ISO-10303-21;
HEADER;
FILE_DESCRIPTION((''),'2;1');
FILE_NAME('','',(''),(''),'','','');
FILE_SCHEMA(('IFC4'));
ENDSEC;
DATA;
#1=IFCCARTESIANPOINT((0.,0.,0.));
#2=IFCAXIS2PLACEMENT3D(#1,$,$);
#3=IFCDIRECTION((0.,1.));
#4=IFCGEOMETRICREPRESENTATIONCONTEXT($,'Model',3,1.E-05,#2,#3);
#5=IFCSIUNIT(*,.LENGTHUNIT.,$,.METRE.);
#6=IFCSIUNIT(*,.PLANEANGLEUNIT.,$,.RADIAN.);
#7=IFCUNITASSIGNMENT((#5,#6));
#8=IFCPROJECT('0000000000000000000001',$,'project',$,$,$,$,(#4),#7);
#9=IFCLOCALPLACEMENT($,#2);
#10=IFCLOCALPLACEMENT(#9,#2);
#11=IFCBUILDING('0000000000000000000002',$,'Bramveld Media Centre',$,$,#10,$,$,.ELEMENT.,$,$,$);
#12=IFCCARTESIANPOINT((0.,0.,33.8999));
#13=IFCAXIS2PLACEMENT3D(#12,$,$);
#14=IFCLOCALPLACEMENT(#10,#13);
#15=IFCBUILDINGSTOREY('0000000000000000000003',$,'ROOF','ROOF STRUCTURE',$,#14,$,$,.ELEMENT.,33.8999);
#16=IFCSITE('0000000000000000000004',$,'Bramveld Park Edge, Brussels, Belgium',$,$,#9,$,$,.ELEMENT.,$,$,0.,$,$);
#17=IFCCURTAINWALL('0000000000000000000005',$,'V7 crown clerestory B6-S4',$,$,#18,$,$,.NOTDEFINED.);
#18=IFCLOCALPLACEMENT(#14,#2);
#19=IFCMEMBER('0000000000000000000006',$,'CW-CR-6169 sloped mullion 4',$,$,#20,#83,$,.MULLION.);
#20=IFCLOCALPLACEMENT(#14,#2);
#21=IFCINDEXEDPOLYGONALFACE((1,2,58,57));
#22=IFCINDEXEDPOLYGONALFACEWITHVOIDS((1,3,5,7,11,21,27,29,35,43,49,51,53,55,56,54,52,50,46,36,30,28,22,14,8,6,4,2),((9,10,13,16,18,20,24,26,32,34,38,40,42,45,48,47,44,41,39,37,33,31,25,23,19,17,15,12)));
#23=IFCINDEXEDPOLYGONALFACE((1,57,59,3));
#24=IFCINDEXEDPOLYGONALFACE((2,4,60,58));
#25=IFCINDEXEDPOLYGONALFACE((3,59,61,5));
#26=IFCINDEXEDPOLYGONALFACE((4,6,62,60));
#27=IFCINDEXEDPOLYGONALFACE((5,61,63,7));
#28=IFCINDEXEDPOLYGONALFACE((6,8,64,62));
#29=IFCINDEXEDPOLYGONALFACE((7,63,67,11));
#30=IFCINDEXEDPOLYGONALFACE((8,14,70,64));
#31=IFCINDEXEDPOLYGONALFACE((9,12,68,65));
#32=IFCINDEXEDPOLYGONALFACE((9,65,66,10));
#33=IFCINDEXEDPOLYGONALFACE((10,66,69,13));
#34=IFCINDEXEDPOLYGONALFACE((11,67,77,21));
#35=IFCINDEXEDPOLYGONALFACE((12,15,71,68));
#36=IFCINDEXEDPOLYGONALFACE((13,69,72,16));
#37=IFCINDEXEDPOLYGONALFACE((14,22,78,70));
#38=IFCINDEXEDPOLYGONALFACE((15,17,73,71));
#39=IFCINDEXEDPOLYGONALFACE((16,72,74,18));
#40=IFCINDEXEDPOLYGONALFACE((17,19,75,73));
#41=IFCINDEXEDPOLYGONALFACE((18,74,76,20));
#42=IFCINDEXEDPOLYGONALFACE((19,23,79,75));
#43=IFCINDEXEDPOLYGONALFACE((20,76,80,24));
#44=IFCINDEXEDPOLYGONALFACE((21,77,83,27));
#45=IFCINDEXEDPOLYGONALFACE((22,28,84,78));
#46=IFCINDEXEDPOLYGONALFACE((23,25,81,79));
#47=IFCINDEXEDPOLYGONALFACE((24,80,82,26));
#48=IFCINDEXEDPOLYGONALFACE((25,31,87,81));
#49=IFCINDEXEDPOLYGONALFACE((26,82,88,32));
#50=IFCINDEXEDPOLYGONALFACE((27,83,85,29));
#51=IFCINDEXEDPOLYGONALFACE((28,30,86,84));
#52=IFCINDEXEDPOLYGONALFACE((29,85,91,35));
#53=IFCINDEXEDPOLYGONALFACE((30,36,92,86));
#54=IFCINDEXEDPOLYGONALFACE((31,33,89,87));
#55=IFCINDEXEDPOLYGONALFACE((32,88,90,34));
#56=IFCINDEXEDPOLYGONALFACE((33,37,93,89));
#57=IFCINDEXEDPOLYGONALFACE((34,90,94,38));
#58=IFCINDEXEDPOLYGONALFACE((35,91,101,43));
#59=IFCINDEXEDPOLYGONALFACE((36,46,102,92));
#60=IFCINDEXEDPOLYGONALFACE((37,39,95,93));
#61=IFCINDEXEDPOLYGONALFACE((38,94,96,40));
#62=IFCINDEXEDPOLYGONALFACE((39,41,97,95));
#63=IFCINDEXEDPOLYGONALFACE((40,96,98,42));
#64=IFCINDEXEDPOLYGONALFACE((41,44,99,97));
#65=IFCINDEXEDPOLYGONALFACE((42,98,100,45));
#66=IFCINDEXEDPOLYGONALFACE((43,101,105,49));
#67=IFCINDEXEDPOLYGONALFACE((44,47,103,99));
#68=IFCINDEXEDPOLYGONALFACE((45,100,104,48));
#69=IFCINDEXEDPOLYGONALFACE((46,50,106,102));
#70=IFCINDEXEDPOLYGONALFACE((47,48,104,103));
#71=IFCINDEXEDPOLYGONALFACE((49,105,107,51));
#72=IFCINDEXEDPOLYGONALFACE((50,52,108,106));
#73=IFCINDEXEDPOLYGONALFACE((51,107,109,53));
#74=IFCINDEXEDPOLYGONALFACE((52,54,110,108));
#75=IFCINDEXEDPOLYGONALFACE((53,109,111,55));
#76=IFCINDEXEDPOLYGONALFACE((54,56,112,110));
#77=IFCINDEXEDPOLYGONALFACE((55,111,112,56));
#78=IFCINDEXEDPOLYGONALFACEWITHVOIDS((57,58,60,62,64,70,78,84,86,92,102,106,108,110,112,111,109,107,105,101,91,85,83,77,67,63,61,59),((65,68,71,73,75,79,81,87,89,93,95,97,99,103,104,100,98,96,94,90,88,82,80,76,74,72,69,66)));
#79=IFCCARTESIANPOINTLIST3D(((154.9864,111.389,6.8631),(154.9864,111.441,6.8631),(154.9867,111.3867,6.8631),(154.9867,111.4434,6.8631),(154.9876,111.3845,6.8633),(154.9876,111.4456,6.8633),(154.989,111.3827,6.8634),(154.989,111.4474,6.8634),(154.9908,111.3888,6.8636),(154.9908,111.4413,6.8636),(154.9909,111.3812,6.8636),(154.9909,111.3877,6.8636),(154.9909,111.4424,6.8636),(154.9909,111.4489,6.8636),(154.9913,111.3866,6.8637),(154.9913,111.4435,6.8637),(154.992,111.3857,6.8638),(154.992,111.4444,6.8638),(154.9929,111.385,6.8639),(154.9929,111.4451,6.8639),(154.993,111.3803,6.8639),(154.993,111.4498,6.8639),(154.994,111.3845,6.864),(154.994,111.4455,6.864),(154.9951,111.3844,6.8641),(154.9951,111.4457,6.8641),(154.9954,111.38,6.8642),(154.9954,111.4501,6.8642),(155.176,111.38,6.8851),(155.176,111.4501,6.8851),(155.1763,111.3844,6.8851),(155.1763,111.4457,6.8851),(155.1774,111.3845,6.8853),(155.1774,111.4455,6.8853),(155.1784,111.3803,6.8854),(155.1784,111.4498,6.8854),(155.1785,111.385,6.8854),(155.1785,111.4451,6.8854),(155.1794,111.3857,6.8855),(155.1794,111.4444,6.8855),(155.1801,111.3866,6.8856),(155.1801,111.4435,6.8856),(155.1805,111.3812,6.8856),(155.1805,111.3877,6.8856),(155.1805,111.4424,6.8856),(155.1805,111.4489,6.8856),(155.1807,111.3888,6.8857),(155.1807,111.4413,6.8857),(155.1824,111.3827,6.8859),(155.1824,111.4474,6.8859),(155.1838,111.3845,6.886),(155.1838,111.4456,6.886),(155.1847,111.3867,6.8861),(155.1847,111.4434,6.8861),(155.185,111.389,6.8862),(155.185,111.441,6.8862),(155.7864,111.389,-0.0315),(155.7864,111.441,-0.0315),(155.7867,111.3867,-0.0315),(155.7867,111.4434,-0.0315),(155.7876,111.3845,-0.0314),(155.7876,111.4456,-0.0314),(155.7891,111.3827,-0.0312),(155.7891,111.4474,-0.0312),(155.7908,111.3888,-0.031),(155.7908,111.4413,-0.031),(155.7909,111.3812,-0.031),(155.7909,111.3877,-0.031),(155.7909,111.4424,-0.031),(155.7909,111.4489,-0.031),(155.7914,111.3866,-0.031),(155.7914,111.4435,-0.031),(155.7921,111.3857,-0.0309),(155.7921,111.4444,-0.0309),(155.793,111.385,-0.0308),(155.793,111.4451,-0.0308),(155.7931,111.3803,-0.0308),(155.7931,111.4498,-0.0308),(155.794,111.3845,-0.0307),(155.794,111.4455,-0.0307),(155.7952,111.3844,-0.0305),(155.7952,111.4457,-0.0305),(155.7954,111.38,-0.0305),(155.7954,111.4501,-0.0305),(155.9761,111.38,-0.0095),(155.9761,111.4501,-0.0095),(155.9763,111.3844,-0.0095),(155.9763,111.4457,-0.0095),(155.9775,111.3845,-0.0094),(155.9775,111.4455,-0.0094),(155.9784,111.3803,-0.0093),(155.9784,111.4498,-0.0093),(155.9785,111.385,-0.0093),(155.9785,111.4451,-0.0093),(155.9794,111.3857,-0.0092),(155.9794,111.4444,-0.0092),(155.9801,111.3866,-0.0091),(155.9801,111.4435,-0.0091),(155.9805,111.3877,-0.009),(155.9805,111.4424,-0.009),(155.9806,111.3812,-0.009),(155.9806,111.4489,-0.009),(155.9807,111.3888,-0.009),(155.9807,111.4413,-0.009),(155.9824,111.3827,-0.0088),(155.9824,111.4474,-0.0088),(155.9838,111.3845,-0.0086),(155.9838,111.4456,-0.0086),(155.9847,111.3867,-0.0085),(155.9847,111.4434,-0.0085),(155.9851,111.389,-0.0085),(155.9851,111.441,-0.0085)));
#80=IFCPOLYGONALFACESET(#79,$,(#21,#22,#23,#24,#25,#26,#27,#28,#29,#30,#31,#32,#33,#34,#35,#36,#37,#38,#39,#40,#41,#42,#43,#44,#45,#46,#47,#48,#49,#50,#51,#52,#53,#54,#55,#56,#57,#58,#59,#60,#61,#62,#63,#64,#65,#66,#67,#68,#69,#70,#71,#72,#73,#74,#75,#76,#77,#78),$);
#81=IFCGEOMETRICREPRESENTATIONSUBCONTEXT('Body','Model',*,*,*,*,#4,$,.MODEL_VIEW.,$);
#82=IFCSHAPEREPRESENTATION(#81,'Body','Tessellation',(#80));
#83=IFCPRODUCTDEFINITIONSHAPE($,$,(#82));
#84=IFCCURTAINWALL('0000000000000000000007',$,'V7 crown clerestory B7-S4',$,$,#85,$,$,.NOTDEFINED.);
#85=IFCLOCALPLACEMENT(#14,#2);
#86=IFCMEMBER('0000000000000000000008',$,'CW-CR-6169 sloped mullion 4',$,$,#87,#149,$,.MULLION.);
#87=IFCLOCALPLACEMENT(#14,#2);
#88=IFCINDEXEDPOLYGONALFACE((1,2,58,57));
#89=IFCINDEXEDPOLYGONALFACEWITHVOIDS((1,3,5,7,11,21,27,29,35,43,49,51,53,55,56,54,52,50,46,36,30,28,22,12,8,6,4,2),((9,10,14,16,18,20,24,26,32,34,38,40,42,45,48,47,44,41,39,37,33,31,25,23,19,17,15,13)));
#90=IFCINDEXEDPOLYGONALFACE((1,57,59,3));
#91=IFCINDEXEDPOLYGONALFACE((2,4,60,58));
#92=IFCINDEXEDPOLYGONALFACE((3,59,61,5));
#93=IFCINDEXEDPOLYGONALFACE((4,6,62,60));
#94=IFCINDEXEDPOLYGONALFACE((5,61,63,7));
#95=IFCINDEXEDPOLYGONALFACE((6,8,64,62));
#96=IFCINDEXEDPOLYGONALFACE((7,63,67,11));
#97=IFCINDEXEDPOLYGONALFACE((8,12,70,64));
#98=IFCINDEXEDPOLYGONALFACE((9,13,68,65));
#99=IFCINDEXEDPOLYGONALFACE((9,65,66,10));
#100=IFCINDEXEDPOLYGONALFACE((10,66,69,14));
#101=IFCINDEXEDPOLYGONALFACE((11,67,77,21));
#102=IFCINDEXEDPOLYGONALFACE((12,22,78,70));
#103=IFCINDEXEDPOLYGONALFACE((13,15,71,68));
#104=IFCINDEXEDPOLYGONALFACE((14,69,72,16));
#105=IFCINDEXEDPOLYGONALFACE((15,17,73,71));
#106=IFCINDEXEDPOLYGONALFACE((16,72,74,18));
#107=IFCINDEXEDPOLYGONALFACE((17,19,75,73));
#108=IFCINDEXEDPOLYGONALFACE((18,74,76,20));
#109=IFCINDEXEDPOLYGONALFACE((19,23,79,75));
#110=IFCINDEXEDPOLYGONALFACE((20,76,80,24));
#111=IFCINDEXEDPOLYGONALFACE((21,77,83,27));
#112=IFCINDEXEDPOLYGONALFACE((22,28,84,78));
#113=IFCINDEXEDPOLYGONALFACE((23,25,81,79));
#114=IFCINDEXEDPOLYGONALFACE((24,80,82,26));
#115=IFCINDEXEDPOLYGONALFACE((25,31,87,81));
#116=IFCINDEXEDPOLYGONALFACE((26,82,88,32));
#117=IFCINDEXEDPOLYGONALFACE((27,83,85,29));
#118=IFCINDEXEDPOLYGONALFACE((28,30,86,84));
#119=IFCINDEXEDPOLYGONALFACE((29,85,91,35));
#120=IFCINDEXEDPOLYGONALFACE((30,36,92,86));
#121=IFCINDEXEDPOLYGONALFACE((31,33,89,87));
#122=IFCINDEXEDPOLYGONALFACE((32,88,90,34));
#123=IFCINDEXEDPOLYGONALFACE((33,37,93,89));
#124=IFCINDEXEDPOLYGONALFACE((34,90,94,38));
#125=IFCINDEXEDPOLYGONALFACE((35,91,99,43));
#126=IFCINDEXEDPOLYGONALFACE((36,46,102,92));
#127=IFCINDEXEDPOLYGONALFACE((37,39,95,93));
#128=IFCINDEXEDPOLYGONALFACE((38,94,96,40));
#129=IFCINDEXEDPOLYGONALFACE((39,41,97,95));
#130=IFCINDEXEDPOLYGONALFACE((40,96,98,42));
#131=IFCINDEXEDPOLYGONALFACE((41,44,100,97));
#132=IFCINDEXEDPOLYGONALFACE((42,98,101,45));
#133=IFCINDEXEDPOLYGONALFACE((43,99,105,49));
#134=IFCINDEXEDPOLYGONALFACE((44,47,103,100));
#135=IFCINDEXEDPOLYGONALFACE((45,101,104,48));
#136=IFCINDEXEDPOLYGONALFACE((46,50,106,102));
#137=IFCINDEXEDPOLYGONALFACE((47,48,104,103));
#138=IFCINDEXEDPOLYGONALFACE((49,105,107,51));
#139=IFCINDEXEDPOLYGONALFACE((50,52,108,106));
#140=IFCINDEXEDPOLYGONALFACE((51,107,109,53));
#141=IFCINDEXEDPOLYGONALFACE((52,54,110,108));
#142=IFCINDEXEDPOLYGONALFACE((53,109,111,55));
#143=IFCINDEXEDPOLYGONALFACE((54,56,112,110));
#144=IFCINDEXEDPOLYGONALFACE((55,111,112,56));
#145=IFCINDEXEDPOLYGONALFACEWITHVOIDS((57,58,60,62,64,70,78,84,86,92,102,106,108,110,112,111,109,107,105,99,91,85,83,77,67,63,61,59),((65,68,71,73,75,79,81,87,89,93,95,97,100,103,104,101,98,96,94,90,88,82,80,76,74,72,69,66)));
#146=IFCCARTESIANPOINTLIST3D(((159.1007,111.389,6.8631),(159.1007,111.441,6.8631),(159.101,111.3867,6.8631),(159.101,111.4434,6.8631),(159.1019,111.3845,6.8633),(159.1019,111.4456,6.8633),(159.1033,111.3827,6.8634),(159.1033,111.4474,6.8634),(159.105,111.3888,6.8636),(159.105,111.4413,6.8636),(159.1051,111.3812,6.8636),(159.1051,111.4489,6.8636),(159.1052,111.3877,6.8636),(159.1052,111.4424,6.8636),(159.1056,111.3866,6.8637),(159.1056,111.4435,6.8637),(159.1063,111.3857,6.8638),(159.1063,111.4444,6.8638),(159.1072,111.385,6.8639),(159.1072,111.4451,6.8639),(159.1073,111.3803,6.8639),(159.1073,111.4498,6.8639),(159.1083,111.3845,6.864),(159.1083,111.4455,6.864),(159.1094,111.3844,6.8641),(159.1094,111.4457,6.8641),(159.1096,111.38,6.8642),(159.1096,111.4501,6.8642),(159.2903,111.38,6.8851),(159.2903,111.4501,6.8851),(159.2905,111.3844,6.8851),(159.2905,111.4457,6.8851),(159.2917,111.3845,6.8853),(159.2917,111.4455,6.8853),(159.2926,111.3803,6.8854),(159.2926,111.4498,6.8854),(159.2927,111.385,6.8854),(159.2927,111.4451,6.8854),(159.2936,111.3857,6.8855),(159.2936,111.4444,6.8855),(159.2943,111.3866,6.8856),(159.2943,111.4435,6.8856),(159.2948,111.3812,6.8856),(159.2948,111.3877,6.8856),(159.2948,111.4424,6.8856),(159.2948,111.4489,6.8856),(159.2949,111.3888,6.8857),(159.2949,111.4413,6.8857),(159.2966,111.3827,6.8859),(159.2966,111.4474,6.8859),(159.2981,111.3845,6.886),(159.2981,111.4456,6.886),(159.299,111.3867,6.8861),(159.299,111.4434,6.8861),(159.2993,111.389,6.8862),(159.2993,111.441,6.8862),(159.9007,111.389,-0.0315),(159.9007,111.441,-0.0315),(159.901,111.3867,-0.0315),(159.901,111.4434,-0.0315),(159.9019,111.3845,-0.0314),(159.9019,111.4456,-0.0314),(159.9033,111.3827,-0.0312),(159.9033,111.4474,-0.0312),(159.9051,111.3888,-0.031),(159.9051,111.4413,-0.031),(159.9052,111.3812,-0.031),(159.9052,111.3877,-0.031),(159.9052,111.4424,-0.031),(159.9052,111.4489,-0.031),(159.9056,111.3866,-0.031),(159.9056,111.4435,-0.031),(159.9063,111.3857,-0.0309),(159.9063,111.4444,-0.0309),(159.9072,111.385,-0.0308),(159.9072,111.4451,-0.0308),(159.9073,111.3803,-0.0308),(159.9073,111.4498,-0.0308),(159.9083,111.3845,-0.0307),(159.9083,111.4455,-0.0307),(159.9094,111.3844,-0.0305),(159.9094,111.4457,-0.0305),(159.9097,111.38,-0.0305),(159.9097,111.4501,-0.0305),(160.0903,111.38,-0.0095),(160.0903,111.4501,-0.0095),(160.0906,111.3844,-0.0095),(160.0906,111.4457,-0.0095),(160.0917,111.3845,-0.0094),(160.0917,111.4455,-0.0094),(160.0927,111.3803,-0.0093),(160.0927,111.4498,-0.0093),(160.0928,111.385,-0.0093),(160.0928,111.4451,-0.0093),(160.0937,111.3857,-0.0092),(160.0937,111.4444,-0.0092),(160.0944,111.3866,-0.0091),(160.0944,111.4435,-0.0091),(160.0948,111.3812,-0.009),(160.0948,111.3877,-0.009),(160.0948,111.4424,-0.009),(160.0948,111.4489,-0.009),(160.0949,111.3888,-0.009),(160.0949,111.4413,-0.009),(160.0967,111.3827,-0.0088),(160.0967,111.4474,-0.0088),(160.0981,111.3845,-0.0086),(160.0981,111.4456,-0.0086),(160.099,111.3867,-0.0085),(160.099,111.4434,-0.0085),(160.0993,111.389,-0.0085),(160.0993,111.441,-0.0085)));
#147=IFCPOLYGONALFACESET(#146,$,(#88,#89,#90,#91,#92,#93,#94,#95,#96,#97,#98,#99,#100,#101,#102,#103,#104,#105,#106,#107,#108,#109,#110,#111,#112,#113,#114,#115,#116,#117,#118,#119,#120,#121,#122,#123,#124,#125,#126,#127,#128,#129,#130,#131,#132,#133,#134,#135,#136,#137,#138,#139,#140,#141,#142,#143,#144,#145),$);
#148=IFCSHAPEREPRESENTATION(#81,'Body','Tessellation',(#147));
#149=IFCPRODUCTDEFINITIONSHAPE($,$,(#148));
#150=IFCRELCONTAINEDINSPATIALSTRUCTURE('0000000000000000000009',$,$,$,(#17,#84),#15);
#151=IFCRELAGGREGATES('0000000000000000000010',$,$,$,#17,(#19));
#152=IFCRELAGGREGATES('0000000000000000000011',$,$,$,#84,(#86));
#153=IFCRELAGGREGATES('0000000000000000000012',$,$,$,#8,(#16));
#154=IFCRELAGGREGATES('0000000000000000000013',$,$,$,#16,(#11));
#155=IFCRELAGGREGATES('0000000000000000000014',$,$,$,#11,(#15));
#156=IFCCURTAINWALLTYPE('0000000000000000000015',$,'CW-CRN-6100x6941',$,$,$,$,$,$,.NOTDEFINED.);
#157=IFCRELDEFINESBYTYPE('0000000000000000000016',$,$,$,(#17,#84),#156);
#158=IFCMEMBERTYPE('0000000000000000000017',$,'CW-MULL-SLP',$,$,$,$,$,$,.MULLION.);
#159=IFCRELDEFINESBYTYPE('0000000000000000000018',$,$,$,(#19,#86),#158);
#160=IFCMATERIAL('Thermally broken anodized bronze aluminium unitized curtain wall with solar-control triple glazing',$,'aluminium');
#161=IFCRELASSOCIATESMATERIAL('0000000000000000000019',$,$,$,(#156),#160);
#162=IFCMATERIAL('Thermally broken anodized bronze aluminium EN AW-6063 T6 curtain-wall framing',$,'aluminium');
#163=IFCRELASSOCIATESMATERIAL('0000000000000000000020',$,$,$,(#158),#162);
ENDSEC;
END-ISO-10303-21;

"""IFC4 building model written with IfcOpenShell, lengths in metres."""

from ifc_helpers import new_model, si_unit, direction, frame, origin, origin_2d, place, context, subcontext, project, spatial, hollow_rectangle, extrude, material, material_profile, profile_set, type_object, element, aggregate, save


model = new_model("IFC4")

# Units and contexts
model_context = context("Model", 3, precision=1e-05, world=origin(), true_north=direction((0.0, 1.0)))
body_context = subcontext(model_context, "Body", "Model", "MODEL_VIEW")
ifc_project = project(units=[si_unit("LENGTHUNIT", "METRE"), si_unit("PLANEANGLEUNIT", "RADIAN")], contexts=[model_context])

# Site, building, storey
site_placement = place(None, origin())
site = spatial("IfcSite", under=ifc_project, at=site_placement, Name="Bramveld Park Edge, Brussels, Belgium", CompositionType="ELEMENT", RefElevation=0.0)
building_placement = place(site_placement, origin())
building = spatial("IfcBuilding", under=site, at=building_placement, Name="Bramveld Media Centre", CompositionType="ELEMENT")
storey_placement = place(building_placement, frame((0.0, 0.0, 33.8999)))
storey = spatial("IfcBuildingStorey", under=building, at=storey_placement, Name="ROOF", Description="ROOF STRUCTURE", CompositionType="ELEMENT", Elevation=33.8999)

# Curtain walls, members
ifc_material_1 = material(Name="Thermally broken anodized bronze aluminium unitized curtain wall with solar-control triple glazing", Category="aluminium")
curtain_wall_type = type_object("IfcCurtainWallType", Name="CW-CRN-6100x6941", PredefinedType="NOTDEFINED", material=ifc_material_1)
curtain_wall_1_placement = place(storey_placement, origin())
curtain_wall_1 = element("IfcCurtainWall", 1, at=curtain_wall_1_placement, inside=storey, type_object=curtain_wall_type, Name="V7 crown clerestory B6-S4", PredefinedType="NOTDEFINED")
ifc_material_2 = material(Name="Thermally broken anodized bronze aluminium EN AW-6063 T6 curtain-wall framing", Category="aluminium")
ifc_material_profile_1 = material_profile(ifc_material_2, hollow_rectangle(XDim=0.0701, YDim=0.2, WallThickness=0.0044, InnerFilletRadius=0.0044, OuterFilletRadius=0.009, at=origin_2d()), Name="AL-MULL 70x200")
ifc_profile_set_1 = profile_set([ifc_material_profile_1], Name="Thermally broken anodized bronze aluminium EN AW-6063 T6 curtain-wall framing")
member_type_1 = type_object("IfcMemberType", Name="CW-MULL-SLP", PredefinedType="MULLION", material=ifc_profile_set_1)
member_1_placement = place(storey_placement, frame((155.8857, 111.415, -0.02), z_axis=(-0.115264, 0.0, 0.993335), x_axis=(0.0, -1.0, 0.0)))
member_1 = element("IfcMember", 2, at=member_1_placement, type_object=member_type_1, Name="CW-CR-6169 sloped mullion 4", PredefinedType="MULLION", context=body_context, shape_type="SweptSolid", body=[
    extrude(hollow_rectangle(XDim=0.0701, YDim=0.2, WallThickness=0.0044, InnerFilletRadius=0.0044, OuterFilletRadius=0.009, at=origin_2d()), origin(), (0.0, 0.0, 1.0), 6.9409),
])
curtain_wall_2_placement = place(storey_placement, origin())
curtain_wall_2 = element("IfcCurtainWall", 3, at=curtain_wall_2_placement, inside=storey, type_object=curtain_wall_type, Name="V7 crown clerestory B7-S4", PredefinedType="NOTDEFINED")
member_2_placement = place(storey_placement, frame((160.0, 111.415, -0.02), z_axis=(-0.115264, 0.0, 0.993335), x_axis=(0.0, -1.0, 0.0)))
member_2 = element("IfcMember", 4, at=member_2_placement, type_object=member_type_1, Name="CW-CR-6169 sloped mullion 4", PredefinedType="MULLION", context=body_context, shape_type="SweptSolid", body=[
    extrude(hollow_rectangle(XDim=0.0701, YDim=0.2, WallThickness=0.0044, InnerFilletRadius=0.0044, OuterFilletRadius=0.009, at=origin_2d()), origin(), (0.0, 0.0, 1.0), 6.9409),
])

aggregate(curtain_wall_1, [member_1])
aggregate(curtain_wall_2, [member_2])

save(model, "model.ifc")
